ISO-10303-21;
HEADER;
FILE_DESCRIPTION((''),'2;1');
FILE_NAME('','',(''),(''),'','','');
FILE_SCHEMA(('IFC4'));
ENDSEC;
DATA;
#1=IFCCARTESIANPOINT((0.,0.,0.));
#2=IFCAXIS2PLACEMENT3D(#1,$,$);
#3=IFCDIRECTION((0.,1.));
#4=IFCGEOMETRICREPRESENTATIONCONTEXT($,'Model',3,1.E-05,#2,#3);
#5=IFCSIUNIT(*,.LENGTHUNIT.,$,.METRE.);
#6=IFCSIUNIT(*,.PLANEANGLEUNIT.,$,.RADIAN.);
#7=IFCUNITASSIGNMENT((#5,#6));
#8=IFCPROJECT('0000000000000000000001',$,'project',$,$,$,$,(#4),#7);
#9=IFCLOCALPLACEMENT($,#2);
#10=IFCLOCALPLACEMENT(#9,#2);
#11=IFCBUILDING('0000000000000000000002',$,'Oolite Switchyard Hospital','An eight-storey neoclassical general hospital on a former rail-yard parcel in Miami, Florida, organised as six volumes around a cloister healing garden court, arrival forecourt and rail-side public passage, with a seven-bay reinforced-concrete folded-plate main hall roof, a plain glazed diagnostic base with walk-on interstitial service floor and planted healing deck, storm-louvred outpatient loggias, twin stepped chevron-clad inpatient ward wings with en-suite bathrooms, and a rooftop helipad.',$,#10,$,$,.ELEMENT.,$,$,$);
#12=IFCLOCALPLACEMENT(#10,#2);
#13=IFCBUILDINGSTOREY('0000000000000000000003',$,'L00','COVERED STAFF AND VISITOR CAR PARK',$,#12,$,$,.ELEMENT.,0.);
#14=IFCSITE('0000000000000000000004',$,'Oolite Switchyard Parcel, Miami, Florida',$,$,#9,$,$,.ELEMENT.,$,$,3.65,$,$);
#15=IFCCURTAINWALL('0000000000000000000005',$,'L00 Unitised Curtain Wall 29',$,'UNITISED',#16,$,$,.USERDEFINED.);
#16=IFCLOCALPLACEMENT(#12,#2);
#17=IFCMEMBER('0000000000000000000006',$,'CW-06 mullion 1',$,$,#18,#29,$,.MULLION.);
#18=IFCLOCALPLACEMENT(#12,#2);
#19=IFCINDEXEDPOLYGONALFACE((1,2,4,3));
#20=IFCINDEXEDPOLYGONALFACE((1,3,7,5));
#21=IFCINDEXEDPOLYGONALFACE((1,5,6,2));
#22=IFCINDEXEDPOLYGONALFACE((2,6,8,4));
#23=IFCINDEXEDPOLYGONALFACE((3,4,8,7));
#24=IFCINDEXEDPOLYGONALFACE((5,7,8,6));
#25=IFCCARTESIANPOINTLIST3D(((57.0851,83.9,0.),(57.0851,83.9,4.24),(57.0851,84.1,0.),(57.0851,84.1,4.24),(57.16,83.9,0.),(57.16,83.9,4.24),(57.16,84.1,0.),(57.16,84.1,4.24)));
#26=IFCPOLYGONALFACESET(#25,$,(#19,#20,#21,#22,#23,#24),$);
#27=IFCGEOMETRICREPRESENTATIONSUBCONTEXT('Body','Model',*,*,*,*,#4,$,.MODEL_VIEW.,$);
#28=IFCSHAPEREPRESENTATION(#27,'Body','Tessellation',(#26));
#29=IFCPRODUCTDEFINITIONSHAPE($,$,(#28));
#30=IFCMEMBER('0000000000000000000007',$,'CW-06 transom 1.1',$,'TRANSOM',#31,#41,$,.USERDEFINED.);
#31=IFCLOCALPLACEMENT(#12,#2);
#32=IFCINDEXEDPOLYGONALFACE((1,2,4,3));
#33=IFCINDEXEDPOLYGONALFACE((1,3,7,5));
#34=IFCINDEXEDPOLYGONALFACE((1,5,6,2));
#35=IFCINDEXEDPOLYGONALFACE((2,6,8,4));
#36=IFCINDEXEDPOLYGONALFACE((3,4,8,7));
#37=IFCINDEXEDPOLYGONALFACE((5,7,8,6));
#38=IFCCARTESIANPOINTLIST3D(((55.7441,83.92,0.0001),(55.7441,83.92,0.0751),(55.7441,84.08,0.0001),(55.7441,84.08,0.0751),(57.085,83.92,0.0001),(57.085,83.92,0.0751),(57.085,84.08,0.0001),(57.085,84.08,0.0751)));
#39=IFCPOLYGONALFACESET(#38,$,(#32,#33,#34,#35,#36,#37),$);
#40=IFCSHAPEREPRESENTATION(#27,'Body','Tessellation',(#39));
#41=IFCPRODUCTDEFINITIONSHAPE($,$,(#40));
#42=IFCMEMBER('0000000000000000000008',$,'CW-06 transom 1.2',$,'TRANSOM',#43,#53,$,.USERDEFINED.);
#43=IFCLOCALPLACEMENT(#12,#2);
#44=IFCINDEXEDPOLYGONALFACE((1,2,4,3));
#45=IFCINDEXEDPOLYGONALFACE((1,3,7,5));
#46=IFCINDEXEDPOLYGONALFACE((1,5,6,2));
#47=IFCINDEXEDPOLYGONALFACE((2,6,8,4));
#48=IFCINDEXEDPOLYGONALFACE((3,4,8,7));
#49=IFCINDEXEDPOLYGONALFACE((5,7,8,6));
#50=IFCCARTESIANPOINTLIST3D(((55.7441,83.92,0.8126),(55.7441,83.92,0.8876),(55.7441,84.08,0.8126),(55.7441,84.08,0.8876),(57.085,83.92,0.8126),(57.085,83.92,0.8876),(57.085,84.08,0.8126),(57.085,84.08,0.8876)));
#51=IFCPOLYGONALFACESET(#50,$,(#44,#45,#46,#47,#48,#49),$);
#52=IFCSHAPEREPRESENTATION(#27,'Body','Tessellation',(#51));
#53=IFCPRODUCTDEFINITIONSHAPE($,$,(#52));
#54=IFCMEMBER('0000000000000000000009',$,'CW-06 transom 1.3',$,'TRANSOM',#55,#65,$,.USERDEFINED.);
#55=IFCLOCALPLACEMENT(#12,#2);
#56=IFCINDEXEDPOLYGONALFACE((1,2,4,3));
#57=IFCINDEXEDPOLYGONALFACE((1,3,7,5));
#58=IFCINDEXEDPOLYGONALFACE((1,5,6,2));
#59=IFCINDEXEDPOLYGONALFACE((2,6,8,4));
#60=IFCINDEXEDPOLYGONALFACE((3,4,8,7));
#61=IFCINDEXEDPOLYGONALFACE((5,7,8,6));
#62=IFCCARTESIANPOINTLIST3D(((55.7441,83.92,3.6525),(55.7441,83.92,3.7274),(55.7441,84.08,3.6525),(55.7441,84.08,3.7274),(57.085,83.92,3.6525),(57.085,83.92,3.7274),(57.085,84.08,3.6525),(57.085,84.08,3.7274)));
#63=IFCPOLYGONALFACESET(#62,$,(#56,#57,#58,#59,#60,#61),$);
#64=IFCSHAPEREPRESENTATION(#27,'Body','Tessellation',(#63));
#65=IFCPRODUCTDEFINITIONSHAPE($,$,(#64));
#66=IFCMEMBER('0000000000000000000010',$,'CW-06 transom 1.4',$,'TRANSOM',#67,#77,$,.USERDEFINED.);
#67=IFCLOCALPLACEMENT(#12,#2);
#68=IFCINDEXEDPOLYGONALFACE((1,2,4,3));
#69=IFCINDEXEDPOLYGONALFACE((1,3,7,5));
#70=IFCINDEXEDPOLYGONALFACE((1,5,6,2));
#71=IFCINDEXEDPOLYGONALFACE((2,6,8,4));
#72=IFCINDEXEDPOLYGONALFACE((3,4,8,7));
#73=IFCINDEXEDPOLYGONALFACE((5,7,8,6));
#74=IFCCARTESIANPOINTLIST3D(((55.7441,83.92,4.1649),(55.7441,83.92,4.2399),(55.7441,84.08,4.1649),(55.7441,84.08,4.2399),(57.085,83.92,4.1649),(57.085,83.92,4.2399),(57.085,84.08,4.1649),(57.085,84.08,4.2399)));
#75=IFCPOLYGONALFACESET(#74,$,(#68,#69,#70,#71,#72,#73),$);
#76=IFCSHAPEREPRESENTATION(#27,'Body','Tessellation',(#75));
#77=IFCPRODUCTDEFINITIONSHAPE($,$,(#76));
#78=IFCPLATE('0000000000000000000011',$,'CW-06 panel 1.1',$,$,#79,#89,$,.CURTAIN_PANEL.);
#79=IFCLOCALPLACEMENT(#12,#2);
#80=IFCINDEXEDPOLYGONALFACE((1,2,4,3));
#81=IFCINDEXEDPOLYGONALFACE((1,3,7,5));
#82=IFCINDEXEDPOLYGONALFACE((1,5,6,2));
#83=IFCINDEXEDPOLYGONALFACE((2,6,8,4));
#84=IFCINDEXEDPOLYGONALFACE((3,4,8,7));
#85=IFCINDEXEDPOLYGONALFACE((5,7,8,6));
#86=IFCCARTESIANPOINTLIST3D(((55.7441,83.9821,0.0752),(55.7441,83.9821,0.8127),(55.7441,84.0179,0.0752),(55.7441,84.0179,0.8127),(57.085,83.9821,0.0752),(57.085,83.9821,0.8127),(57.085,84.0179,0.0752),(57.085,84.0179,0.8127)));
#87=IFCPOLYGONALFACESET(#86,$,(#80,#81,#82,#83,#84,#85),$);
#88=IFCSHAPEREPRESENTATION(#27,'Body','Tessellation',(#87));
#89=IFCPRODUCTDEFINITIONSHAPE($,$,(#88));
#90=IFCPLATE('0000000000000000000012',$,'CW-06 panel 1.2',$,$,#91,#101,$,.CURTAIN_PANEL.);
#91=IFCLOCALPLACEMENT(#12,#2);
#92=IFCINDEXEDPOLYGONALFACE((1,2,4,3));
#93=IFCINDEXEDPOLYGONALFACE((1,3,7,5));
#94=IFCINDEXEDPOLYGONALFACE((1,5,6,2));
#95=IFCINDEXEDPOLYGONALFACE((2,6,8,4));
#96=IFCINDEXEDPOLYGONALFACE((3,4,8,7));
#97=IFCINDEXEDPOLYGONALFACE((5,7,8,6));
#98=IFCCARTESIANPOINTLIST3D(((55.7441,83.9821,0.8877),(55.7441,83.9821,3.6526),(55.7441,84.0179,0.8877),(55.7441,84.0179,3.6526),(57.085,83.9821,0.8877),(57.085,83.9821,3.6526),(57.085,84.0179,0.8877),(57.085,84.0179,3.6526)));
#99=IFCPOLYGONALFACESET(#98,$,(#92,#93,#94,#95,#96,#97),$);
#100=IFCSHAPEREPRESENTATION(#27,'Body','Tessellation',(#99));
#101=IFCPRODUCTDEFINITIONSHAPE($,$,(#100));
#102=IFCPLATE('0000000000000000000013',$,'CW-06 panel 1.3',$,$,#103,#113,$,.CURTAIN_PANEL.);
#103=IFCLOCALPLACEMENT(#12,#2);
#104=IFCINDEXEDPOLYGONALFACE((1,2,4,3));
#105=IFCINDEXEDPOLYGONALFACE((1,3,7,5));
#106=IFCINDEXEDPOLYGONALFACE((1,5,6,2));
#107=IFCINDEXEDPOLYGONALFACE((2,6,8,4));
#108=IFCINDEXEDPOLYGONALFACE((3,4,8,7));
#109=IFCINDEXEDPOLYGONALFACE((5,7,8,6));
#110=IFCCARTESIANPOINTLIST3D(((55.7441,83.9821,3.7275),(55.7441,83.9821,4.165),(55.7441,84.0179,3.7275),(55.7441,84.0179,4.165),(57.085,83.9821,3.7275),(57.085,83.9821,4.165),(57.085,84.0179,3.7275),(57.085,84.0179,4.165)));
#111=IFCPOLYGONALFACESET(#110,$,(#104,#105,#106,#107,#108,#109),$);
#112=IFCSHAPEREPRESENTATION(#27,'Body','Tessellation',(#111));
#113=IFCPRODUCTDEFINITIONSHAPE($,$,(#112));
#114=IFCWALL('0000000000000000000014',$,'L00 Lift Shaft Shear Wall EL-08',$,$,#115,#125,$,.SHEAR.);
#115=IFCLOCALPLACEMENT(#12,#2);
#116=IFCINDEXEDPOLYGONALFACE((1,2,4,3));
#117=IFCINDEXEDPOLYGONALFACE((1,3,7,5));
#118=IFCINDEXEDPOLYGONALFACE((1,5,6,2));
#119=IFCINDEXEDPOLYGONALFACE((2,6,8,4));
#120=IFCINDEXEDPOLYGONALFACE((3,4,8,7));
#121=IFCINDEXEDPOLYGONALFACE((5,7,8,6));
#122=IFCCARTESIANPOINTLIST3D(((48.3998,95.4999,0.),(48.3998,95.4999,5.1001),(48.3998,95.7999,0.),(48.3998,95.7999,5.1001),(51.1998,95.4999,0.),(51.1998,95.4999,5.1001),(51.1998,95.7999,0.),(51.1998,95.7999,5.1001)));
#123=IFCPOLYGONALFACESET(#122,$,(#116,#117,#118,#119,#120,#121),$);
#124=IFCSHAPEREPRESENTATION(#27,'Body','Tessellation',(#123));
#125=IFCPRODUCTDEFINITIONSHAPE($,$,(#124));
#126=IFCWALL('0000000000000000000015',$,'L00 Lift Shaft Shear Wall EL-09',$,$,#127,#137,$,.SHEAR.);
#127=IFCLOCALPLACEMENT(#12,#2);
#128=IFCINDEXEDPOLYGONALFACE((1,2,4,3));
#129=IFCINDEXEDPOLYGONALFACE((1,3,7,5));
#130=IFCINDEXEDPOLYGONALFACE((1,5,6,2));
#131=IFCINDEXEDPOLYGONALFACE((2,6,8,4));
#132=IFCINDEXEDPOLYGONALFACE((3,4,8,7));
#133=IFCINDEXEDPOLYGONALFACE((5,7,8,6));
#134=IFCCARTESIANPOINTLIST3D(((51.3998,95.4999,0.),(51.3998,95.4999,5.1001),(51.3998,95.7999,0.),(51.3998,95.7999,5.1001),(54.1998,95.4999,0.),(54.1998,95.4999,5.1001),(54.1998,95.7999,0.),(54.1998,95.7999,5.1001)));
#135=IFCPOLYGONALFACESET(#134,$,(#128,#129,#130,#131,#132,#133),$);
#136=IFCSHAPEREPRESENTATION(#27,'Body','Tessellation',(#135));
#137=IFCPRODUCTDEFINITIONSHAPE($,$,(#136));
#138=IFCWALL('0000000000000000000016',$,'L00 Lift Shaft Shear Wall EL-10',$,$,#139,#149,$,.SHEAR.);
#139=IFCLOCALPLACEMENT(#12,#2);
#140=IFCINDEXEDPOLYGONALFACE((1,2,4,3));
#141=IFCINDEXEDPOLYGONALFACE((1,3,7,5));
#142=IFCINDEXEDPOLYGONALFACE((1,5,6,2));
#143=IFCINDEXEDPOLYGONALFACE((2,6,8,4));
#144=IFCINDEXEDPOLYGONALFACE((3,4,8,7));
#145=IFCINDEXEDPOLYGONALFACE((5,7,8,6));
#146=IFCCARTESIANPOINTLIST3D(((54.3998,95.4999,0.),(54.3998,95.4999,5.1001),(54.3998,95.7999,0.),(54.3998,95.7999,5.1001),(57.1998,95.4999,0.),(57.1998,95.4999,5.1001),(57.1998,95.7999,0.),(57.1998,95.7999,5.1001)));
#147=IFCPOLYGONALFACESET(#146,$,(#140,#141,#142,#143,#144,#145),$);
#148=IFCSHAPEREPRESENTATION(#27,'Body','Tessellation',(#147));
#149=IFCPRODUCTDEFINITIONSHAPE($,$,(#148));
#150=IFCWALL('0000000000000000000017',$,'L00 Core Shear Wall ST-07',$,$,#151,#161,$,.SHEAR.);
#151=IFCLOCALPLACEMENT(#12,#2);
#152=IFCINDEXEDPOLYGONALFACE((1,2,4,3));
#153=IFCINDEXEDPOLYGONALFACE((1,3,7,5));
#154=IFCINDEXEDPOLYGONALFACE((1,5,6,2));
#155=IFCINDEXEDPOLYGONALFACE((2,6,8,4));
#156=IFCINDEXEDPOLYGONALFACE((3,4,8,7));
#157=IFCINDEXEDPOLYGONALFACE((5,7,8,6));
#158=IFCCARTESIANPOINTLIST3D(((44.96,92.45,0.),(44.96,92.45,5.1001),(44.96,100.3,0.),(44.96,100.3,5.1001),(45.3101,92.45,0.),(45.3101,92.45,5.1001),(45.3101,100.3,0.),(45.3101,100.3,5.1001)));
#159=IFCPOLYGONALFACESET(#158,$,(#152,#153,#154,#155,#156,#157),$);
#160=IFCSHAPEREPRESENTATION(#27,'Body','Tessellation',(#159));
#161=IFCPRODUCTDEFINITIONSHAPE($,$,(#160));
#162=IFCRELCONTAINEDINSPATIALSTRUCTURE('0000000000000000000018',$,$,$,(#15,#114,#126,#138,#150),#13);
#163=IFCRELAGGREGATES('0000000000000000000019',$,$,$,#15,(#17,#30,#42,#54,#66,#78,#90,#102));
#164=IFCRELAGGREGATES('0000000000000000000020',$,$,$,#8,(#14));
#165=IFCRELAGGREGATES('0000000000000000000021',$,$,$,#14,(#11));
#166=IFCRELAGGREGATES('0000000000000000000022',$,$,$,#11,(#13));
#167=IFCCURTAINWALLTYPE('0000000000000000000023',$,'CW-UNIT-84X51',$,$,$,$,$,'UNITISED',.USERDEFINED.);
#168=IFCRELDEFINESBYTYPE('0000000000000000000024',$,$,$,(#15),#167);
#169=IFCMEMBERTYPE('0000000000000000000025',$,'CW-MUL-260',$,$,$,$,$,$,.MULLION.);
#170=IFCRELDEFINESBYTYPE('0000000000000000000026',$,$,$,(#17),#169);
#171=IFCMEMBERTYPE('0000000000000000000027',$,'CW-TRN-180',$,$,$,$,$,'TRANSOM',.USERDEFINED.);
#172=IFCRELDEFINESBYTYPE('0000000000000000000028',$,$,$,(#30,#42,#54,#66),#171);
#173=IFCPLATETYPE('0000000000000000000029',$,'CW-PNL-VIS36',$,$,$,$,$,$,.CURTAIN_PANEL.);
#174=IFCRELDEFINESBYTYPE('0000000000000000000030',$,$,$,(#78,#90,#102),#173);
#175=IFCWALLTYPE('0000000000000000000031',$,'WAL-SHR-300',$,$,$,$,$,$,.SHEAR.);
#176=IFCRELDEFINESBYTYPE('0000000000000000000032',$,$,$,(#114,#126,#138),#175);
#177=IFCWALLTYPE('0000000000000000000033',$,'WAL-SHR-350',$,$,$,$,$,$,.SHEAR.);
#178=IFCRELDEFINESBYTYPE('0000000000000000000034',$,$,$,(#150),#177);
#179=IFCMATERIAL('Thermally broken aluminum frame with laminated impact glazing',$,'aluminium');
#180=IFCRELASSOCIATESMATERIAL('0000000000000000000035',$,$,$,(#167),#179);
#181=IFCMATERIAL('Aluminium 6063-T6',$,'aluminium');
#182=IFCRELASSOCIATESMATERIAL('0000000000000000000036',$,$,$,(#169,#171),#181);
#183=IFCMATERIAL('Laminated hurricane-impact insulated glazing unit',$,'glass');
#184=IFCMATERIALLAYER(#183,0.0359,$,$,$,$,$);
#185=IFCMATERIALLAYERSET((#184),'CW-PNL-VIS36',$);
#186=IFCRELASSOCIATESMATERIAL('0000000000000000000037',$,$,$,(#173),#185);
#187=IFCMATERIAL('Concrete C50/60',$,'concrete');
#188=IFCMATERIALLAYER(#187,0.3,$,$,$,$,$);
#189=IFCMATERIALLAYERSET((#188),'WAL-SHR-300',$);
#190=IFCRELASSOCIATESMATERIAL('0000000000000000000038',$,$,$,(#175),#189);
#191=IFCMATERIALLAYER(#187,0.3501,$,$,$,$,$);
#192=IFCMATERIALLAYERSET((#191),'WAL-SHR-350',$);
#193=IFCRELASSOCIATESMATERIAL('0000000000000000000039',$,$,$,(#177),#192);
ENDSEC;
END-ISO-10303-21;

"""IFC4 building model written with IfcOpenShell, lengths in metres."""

from ifc_helpers import new_model, si_unit, direction, frame, frame_2d, origin, origin_2d, place, context, subcontext, project, spatial, rectangle, extrude, material, layer, layer_set, material_profile, profile_set, type_object, element, aggregate, save


model = new_model("IFC4")

# Units and contexts
model_context = context("Model", 3, precision=1e-05, world=origin(), true_north=direction((0.0, 1.0)))
body_context = subcontext(model_context, "Body", "Model", "MODEL_VIEW")
ifc_project = project(units=[si_unit("LENGTHUNIT", "METRE"), si_unit("PLANEANGLEUNIT", "RADIAN")], contexts=[model_context])

# Site, building, storey
site_placement = place(None, origin())
site = spatial("IfcSite", under=ifc_project, at=site_placement, Name="Oolite Switchyard Parcel, Miami, Florida", CompositionType="ELEMENT", RefElevation=3.65)
building_placement = place(site_placement, origin())
building = spatial("IfcBuilding", under=site, at=building_placement, Name="Oolite Switchyard Hospital", Description="An eight-storey neoclassical general hospital on a former rail-yard parcel in Miami, Florida, organised as six volumes around a cloister healing garden court, arrival forecourt and rail-side public passage, with a seven-bay reinforced-concrete folded-plate main hall roof, a plain glazed diagnostic base with walk-on interstitial service floor and planted healing deck, storm-louvred outpatient loggias, twin stepped chevron-clad inpatient ward wings with en-suite bathrooms, and a rooftop helipad.", CompositionType="ELEMENT")
storey_placement = place(building_placement, origin())
storey = spatial("IfcBuildingStorey", under=building, at=storey_placement, Name="L00", Description="COVERED STAFF AND VISITOR CAR PARK", CompositionType="ELEMENT", Elevation=0.0)

# Shared definitions
ifc_material_1 = material(Name="Concrete C50/60", Category="concrete")

# Curtain wall, members, plates
ifc_material_2 = material(Name="Thermally broken aluminum frame with laminated impact glazing", Category="aluminium")
curtain_wall_type = type_object("IfcCurtainWallType", Name="CW-UNIT-84X51", ElementType="UNITISED", PredefinedType="USERDEFINED", material=ifc_material_2)
curtain_wall_placement = place(storey_placement, origin())
curtain_wall = element("IfcCurtainWall", 1, at=curtain_wall_placement, inside=storey, type_object=curtain_wall_type, Name="L00 Unitised Curtain Wall 29", ObjectType="UNITISED", PredefinedType="USERDEFINED")
ifc_material_3 = material(Name="Aluminium 6063-T6", Category="aluminium")
ifc_material_profile_1 = material_profile(ifc_material_3, rectangle(XDim=0.2, YDim=0.075, at=origin_2d()), Name="CWM75X200")
ifc_profile_set_1 = profile_set([ifc_material_profile_1], Name="Aluminium 6063-T6")
member_type_1 = type_object("IfcMemberType", Name="CW-MUL-260", PredefinedType="MULLION", material=ifc_profile_set_1)
member_1_placement = place(storey_placement, frame((57.1226, 84.0, 0.0), z_axis=(0.0, 0.0, 1.0), x_axis=(0.0, -1.0, 0.0)))
member_1 = element("IfcMember", 2, at=member_1_placement, type_object=member_type_1, Name="CW-06 mullion 1", PredefinedType="MULLION", context=body_context, shape_type="SweptSolid", body=[
    extrude(rectangle(XDim=0.2, YDim=0.075, at=origin_2d()), origin(), (0.0, 0.0, 1.0), 4.24),
])
ifc_material_profile_2 = material_profile(ifc_material_3, rectangle(XDim=0.1599, YDim=0.075, at=origin_2d()), Name="CWT75X160")
ifc_profile_set_2 = profile_set([ifc_material_profile_2], Name="Aluminium 6063-T6")
member_type_2 = type_object("IfcMemberType", Name="CW-TRN-180", ElementType="TRANSOM", PredefinedType="USERDEFINED", material=ifc_profile_set_2)
member_2_placement = place(storey_placement, frame((57.085, 84.0, 0.0376), z_axis=(-1.0, 0.0, 0.0), x_axis=(0.0, -1.0, 0.0)))
member_2 = element("IfcMember", 3, at=member_2_placement, type_object=member_type_2, Name="CW-06 transom 1.1", ObjectType="TRANSOM", PredefinedType="USERDEFINED", context=body_context, shape_type="SweptSolid", body=[
    extrude(rectangle(XDim=0.1599, YDim=0.075, at=origin_2d()), origin(), (0.0, 0.0, 1.0), 1.3408),
])
member_3_placement = place(storey_placement, frame((57.085, 84.0, 0.8501), z_axis=(-1.0, 0.0, 0.0), x_axis=(0.0, -1.0, 0.0)))
member_3 = element("IfcMember", 4, at=member_3_placement, type_object=member_type_2, Name="CW-06 transom 1.2", ObjectType="TRANSOM", PredefinedType="USERDEFINED", context=body_context, shape_type="SweptSolid", body=[
    extrude(rectangle(XDim=0.1599, YDim=0.075, at=origin_2d()), origin(), (0.0, 0.0, 1.0), 1.3408),
])
member_4_placement = place(storey_placement, frame((57.085, 84.0, 3.6899), z_axis=(-1.0, 0.0, 0.0), x_axis=(0.0, -1.0, 0.0)))
member_4 = element("IfcMember", 5, at=member_4_placement, type_object=member_type_2, Name="CW-06 transom 1.3", ObjectType="TRANSOM", PredefinedType="USERDEFINED", context=body_context, shape_type="SweptSolid", body=[
    extrude(rectangle(XDim=0.1599, YDim=0.075, at=origin_2d()), origin(), (0.0, 0.0, 1.0), 1.3408),
])
member_5_placement = place(storey_placement, frame((57.085, 84.0, 4.2024), z_axis=(-1.0, 0.0, 0.0), x_axis=(0.0, -1.0, 0.0)))
member_5 = element("IfcMember", 6, at=member_5_placement, type_object=member_type_2, Name="CW-06 transom 1.4", ObjectType="TRANSOM", PredefinedType="USERDEFINED", context=body_context, shape_type="SweptSolid", body=[
    extrude(rectangle(XDim=0.1599, YDim=0.075, at=origin_2d()), origin(), (0.0, 0.0, 1.0), 1.3408),
])
ifc_material_4 = material(Name="Laminated hurricane-impact insulated glazing unit", Category="glass")
ifc_layer_1 = layer(ifc_material_4, 0.0359)
ifc_layer_set_1 = layer_set([ifc_layer_1], Name="CW-PNL-VIS36")
plate_type = type_object("IfcPlateType", Name="CW-PNL-VIS36", PredefinedType="CURTAIN_PANEL", material=ifc_layer_set_1)
plate_1_placement = place(storey_placement, frame((56.4146, 84.0, 0.0752), z_axis=(0.0, 0.0, 1.0), x_axis=(-1.0, 0.0, 0.0)))
plate_1 = element("IfcPlate", 7, at=plate_1_placement, type_object=plate_type, Name="CW-06 panel 1.1", PredefinedType="CURTAIN_PANEL", context=body_context, shape_type="SweptSolid", body=[
    extrude(rectangle(XDim=1.3408, YDim=0.0359, at=origin_2d()), origin(), (0.0, 0.0, 1.0), 0.7375),
])
plate_2_placement = place(storey_placement, frame((56.4146, 84.0, 0.8877), z_axis=(0.0, 0.0, 1.0), x_axis=(-1.0, 0.0, 0.0)))
plate_2 = element("IfcPlate", 8, at=plate_2_placement, type_object=plate_type, Name="CW-06 panel 1.2", PredefinedType="CURTAIN_PANEL", context=body_context, shape_type="SweptSolid", body=[
    extrude(rectangle(XDim=1.3408, YDim=0.0359, at=origin_2d()), origin(), (0.0, 0.0, 1.0), 2.7649),
])
plate_3_placement = place(storey_placement, frame((56.4146, 84.0, 3.7275), z_axis=(0.0, 0.0, 1.0), x_axis=(-1.0, 0.0, 0.0)))
plate_3 = element("IfcPlate", 9, at=plate_3_placement, type_object=plate_type, Name="CW-06 panel 1.3", PredefinedType="CURTAIN_PANEL", context=body_context, shape_type="SweptSolid", body=[
    extrude(rectangle(XDim=1.3408, YDim=0.0359, at=origin_2d()), origin(), (0.0, 0.0, 1.0), 0.4375),
])
aggregate(curtain_wall, [member_1, member_2, member_3, member_4, member_5, plate_1, plate_2, plate_3])

# Walls
ifc_layer_2 = layer(ifc_material_1, 0.3)
ifc_layer_set_2 = layer_set([ifc_layer_2], Name="WAL-SHR-300")
wall_type_1 = type_object("IfcWallType", Name="WAL-SHR-300", PredefinedType="SHEAR", material=ifc_layer_set_2)
for number, where, z_axis, x_axis, name in (
    (10, (48.3999, 95.6499, 0.0), (0.0, 0.0, 1.0), (1.0, 0.0, 0.0), "L00 Lift Shaft Shear Wall EL-08"),
    (11, (51.3999, 95.6499, 0.0), (0.0, 0.0, 1.0), (1.0, 0.0, 0.0), "L00 Lift Shaft Shear Wall EL-09"),
    (12, (54.3999, 95.6499, 0.0), (0.0, 0.0, 1.0), (1.0, 0.0, 0.0), "L00 Lift Shaft Shear Wall EL-10"),
):
    element("IfcWall", number, at=place(storey_placement, frame(where, z_axis=z_axis, x_axis=x_axis)), inside=storey, type_object=wall_type_1, Name=name, PredefinedType="SHEAR", context=body_context, shape_type="SweptSolid", body=[
        extrude(rectangle(XDim=2.8, YDim=0.3, at=frame_2d((1.3999, 0.0))), origin(), (0.0, 0.0, 1.0), 5.1001),
    ])
ifc_layer_3 = layer(ifc_material_1, 0.3501)
ifc_layer_set_3 = layer_set([ifc_layer_3], Name="WAL-SHR-350")
wall_type_2 = type_object("IfcWallType", Name="WAL-SHR-350", PredefinedType="SHEAR", material=ifc_layer_set_3)
wall_placement = place(storey_placement, frame((45.135, 92.45, 0.0), z_axis=(0.0, 0.0, 1.0), x_axis=(0.0, 1.0, 0.0)))
element("IfcWall", 13, at=wall_placement, inside=storey, type_object=wall_type_2, Name="L00 Core Shear Wall ST-07", PredefinedType="SHEAR", context=body_context, shape_type="SweptSolid", body=[
    extrude(rectangle(XDim=7.8501, YDim=0.3501, at=frame_2d((3.925, 0.0))), origin(), (0.0, 0.0, 1.0), 5.1001),
])

save(model, "model.ifc")
